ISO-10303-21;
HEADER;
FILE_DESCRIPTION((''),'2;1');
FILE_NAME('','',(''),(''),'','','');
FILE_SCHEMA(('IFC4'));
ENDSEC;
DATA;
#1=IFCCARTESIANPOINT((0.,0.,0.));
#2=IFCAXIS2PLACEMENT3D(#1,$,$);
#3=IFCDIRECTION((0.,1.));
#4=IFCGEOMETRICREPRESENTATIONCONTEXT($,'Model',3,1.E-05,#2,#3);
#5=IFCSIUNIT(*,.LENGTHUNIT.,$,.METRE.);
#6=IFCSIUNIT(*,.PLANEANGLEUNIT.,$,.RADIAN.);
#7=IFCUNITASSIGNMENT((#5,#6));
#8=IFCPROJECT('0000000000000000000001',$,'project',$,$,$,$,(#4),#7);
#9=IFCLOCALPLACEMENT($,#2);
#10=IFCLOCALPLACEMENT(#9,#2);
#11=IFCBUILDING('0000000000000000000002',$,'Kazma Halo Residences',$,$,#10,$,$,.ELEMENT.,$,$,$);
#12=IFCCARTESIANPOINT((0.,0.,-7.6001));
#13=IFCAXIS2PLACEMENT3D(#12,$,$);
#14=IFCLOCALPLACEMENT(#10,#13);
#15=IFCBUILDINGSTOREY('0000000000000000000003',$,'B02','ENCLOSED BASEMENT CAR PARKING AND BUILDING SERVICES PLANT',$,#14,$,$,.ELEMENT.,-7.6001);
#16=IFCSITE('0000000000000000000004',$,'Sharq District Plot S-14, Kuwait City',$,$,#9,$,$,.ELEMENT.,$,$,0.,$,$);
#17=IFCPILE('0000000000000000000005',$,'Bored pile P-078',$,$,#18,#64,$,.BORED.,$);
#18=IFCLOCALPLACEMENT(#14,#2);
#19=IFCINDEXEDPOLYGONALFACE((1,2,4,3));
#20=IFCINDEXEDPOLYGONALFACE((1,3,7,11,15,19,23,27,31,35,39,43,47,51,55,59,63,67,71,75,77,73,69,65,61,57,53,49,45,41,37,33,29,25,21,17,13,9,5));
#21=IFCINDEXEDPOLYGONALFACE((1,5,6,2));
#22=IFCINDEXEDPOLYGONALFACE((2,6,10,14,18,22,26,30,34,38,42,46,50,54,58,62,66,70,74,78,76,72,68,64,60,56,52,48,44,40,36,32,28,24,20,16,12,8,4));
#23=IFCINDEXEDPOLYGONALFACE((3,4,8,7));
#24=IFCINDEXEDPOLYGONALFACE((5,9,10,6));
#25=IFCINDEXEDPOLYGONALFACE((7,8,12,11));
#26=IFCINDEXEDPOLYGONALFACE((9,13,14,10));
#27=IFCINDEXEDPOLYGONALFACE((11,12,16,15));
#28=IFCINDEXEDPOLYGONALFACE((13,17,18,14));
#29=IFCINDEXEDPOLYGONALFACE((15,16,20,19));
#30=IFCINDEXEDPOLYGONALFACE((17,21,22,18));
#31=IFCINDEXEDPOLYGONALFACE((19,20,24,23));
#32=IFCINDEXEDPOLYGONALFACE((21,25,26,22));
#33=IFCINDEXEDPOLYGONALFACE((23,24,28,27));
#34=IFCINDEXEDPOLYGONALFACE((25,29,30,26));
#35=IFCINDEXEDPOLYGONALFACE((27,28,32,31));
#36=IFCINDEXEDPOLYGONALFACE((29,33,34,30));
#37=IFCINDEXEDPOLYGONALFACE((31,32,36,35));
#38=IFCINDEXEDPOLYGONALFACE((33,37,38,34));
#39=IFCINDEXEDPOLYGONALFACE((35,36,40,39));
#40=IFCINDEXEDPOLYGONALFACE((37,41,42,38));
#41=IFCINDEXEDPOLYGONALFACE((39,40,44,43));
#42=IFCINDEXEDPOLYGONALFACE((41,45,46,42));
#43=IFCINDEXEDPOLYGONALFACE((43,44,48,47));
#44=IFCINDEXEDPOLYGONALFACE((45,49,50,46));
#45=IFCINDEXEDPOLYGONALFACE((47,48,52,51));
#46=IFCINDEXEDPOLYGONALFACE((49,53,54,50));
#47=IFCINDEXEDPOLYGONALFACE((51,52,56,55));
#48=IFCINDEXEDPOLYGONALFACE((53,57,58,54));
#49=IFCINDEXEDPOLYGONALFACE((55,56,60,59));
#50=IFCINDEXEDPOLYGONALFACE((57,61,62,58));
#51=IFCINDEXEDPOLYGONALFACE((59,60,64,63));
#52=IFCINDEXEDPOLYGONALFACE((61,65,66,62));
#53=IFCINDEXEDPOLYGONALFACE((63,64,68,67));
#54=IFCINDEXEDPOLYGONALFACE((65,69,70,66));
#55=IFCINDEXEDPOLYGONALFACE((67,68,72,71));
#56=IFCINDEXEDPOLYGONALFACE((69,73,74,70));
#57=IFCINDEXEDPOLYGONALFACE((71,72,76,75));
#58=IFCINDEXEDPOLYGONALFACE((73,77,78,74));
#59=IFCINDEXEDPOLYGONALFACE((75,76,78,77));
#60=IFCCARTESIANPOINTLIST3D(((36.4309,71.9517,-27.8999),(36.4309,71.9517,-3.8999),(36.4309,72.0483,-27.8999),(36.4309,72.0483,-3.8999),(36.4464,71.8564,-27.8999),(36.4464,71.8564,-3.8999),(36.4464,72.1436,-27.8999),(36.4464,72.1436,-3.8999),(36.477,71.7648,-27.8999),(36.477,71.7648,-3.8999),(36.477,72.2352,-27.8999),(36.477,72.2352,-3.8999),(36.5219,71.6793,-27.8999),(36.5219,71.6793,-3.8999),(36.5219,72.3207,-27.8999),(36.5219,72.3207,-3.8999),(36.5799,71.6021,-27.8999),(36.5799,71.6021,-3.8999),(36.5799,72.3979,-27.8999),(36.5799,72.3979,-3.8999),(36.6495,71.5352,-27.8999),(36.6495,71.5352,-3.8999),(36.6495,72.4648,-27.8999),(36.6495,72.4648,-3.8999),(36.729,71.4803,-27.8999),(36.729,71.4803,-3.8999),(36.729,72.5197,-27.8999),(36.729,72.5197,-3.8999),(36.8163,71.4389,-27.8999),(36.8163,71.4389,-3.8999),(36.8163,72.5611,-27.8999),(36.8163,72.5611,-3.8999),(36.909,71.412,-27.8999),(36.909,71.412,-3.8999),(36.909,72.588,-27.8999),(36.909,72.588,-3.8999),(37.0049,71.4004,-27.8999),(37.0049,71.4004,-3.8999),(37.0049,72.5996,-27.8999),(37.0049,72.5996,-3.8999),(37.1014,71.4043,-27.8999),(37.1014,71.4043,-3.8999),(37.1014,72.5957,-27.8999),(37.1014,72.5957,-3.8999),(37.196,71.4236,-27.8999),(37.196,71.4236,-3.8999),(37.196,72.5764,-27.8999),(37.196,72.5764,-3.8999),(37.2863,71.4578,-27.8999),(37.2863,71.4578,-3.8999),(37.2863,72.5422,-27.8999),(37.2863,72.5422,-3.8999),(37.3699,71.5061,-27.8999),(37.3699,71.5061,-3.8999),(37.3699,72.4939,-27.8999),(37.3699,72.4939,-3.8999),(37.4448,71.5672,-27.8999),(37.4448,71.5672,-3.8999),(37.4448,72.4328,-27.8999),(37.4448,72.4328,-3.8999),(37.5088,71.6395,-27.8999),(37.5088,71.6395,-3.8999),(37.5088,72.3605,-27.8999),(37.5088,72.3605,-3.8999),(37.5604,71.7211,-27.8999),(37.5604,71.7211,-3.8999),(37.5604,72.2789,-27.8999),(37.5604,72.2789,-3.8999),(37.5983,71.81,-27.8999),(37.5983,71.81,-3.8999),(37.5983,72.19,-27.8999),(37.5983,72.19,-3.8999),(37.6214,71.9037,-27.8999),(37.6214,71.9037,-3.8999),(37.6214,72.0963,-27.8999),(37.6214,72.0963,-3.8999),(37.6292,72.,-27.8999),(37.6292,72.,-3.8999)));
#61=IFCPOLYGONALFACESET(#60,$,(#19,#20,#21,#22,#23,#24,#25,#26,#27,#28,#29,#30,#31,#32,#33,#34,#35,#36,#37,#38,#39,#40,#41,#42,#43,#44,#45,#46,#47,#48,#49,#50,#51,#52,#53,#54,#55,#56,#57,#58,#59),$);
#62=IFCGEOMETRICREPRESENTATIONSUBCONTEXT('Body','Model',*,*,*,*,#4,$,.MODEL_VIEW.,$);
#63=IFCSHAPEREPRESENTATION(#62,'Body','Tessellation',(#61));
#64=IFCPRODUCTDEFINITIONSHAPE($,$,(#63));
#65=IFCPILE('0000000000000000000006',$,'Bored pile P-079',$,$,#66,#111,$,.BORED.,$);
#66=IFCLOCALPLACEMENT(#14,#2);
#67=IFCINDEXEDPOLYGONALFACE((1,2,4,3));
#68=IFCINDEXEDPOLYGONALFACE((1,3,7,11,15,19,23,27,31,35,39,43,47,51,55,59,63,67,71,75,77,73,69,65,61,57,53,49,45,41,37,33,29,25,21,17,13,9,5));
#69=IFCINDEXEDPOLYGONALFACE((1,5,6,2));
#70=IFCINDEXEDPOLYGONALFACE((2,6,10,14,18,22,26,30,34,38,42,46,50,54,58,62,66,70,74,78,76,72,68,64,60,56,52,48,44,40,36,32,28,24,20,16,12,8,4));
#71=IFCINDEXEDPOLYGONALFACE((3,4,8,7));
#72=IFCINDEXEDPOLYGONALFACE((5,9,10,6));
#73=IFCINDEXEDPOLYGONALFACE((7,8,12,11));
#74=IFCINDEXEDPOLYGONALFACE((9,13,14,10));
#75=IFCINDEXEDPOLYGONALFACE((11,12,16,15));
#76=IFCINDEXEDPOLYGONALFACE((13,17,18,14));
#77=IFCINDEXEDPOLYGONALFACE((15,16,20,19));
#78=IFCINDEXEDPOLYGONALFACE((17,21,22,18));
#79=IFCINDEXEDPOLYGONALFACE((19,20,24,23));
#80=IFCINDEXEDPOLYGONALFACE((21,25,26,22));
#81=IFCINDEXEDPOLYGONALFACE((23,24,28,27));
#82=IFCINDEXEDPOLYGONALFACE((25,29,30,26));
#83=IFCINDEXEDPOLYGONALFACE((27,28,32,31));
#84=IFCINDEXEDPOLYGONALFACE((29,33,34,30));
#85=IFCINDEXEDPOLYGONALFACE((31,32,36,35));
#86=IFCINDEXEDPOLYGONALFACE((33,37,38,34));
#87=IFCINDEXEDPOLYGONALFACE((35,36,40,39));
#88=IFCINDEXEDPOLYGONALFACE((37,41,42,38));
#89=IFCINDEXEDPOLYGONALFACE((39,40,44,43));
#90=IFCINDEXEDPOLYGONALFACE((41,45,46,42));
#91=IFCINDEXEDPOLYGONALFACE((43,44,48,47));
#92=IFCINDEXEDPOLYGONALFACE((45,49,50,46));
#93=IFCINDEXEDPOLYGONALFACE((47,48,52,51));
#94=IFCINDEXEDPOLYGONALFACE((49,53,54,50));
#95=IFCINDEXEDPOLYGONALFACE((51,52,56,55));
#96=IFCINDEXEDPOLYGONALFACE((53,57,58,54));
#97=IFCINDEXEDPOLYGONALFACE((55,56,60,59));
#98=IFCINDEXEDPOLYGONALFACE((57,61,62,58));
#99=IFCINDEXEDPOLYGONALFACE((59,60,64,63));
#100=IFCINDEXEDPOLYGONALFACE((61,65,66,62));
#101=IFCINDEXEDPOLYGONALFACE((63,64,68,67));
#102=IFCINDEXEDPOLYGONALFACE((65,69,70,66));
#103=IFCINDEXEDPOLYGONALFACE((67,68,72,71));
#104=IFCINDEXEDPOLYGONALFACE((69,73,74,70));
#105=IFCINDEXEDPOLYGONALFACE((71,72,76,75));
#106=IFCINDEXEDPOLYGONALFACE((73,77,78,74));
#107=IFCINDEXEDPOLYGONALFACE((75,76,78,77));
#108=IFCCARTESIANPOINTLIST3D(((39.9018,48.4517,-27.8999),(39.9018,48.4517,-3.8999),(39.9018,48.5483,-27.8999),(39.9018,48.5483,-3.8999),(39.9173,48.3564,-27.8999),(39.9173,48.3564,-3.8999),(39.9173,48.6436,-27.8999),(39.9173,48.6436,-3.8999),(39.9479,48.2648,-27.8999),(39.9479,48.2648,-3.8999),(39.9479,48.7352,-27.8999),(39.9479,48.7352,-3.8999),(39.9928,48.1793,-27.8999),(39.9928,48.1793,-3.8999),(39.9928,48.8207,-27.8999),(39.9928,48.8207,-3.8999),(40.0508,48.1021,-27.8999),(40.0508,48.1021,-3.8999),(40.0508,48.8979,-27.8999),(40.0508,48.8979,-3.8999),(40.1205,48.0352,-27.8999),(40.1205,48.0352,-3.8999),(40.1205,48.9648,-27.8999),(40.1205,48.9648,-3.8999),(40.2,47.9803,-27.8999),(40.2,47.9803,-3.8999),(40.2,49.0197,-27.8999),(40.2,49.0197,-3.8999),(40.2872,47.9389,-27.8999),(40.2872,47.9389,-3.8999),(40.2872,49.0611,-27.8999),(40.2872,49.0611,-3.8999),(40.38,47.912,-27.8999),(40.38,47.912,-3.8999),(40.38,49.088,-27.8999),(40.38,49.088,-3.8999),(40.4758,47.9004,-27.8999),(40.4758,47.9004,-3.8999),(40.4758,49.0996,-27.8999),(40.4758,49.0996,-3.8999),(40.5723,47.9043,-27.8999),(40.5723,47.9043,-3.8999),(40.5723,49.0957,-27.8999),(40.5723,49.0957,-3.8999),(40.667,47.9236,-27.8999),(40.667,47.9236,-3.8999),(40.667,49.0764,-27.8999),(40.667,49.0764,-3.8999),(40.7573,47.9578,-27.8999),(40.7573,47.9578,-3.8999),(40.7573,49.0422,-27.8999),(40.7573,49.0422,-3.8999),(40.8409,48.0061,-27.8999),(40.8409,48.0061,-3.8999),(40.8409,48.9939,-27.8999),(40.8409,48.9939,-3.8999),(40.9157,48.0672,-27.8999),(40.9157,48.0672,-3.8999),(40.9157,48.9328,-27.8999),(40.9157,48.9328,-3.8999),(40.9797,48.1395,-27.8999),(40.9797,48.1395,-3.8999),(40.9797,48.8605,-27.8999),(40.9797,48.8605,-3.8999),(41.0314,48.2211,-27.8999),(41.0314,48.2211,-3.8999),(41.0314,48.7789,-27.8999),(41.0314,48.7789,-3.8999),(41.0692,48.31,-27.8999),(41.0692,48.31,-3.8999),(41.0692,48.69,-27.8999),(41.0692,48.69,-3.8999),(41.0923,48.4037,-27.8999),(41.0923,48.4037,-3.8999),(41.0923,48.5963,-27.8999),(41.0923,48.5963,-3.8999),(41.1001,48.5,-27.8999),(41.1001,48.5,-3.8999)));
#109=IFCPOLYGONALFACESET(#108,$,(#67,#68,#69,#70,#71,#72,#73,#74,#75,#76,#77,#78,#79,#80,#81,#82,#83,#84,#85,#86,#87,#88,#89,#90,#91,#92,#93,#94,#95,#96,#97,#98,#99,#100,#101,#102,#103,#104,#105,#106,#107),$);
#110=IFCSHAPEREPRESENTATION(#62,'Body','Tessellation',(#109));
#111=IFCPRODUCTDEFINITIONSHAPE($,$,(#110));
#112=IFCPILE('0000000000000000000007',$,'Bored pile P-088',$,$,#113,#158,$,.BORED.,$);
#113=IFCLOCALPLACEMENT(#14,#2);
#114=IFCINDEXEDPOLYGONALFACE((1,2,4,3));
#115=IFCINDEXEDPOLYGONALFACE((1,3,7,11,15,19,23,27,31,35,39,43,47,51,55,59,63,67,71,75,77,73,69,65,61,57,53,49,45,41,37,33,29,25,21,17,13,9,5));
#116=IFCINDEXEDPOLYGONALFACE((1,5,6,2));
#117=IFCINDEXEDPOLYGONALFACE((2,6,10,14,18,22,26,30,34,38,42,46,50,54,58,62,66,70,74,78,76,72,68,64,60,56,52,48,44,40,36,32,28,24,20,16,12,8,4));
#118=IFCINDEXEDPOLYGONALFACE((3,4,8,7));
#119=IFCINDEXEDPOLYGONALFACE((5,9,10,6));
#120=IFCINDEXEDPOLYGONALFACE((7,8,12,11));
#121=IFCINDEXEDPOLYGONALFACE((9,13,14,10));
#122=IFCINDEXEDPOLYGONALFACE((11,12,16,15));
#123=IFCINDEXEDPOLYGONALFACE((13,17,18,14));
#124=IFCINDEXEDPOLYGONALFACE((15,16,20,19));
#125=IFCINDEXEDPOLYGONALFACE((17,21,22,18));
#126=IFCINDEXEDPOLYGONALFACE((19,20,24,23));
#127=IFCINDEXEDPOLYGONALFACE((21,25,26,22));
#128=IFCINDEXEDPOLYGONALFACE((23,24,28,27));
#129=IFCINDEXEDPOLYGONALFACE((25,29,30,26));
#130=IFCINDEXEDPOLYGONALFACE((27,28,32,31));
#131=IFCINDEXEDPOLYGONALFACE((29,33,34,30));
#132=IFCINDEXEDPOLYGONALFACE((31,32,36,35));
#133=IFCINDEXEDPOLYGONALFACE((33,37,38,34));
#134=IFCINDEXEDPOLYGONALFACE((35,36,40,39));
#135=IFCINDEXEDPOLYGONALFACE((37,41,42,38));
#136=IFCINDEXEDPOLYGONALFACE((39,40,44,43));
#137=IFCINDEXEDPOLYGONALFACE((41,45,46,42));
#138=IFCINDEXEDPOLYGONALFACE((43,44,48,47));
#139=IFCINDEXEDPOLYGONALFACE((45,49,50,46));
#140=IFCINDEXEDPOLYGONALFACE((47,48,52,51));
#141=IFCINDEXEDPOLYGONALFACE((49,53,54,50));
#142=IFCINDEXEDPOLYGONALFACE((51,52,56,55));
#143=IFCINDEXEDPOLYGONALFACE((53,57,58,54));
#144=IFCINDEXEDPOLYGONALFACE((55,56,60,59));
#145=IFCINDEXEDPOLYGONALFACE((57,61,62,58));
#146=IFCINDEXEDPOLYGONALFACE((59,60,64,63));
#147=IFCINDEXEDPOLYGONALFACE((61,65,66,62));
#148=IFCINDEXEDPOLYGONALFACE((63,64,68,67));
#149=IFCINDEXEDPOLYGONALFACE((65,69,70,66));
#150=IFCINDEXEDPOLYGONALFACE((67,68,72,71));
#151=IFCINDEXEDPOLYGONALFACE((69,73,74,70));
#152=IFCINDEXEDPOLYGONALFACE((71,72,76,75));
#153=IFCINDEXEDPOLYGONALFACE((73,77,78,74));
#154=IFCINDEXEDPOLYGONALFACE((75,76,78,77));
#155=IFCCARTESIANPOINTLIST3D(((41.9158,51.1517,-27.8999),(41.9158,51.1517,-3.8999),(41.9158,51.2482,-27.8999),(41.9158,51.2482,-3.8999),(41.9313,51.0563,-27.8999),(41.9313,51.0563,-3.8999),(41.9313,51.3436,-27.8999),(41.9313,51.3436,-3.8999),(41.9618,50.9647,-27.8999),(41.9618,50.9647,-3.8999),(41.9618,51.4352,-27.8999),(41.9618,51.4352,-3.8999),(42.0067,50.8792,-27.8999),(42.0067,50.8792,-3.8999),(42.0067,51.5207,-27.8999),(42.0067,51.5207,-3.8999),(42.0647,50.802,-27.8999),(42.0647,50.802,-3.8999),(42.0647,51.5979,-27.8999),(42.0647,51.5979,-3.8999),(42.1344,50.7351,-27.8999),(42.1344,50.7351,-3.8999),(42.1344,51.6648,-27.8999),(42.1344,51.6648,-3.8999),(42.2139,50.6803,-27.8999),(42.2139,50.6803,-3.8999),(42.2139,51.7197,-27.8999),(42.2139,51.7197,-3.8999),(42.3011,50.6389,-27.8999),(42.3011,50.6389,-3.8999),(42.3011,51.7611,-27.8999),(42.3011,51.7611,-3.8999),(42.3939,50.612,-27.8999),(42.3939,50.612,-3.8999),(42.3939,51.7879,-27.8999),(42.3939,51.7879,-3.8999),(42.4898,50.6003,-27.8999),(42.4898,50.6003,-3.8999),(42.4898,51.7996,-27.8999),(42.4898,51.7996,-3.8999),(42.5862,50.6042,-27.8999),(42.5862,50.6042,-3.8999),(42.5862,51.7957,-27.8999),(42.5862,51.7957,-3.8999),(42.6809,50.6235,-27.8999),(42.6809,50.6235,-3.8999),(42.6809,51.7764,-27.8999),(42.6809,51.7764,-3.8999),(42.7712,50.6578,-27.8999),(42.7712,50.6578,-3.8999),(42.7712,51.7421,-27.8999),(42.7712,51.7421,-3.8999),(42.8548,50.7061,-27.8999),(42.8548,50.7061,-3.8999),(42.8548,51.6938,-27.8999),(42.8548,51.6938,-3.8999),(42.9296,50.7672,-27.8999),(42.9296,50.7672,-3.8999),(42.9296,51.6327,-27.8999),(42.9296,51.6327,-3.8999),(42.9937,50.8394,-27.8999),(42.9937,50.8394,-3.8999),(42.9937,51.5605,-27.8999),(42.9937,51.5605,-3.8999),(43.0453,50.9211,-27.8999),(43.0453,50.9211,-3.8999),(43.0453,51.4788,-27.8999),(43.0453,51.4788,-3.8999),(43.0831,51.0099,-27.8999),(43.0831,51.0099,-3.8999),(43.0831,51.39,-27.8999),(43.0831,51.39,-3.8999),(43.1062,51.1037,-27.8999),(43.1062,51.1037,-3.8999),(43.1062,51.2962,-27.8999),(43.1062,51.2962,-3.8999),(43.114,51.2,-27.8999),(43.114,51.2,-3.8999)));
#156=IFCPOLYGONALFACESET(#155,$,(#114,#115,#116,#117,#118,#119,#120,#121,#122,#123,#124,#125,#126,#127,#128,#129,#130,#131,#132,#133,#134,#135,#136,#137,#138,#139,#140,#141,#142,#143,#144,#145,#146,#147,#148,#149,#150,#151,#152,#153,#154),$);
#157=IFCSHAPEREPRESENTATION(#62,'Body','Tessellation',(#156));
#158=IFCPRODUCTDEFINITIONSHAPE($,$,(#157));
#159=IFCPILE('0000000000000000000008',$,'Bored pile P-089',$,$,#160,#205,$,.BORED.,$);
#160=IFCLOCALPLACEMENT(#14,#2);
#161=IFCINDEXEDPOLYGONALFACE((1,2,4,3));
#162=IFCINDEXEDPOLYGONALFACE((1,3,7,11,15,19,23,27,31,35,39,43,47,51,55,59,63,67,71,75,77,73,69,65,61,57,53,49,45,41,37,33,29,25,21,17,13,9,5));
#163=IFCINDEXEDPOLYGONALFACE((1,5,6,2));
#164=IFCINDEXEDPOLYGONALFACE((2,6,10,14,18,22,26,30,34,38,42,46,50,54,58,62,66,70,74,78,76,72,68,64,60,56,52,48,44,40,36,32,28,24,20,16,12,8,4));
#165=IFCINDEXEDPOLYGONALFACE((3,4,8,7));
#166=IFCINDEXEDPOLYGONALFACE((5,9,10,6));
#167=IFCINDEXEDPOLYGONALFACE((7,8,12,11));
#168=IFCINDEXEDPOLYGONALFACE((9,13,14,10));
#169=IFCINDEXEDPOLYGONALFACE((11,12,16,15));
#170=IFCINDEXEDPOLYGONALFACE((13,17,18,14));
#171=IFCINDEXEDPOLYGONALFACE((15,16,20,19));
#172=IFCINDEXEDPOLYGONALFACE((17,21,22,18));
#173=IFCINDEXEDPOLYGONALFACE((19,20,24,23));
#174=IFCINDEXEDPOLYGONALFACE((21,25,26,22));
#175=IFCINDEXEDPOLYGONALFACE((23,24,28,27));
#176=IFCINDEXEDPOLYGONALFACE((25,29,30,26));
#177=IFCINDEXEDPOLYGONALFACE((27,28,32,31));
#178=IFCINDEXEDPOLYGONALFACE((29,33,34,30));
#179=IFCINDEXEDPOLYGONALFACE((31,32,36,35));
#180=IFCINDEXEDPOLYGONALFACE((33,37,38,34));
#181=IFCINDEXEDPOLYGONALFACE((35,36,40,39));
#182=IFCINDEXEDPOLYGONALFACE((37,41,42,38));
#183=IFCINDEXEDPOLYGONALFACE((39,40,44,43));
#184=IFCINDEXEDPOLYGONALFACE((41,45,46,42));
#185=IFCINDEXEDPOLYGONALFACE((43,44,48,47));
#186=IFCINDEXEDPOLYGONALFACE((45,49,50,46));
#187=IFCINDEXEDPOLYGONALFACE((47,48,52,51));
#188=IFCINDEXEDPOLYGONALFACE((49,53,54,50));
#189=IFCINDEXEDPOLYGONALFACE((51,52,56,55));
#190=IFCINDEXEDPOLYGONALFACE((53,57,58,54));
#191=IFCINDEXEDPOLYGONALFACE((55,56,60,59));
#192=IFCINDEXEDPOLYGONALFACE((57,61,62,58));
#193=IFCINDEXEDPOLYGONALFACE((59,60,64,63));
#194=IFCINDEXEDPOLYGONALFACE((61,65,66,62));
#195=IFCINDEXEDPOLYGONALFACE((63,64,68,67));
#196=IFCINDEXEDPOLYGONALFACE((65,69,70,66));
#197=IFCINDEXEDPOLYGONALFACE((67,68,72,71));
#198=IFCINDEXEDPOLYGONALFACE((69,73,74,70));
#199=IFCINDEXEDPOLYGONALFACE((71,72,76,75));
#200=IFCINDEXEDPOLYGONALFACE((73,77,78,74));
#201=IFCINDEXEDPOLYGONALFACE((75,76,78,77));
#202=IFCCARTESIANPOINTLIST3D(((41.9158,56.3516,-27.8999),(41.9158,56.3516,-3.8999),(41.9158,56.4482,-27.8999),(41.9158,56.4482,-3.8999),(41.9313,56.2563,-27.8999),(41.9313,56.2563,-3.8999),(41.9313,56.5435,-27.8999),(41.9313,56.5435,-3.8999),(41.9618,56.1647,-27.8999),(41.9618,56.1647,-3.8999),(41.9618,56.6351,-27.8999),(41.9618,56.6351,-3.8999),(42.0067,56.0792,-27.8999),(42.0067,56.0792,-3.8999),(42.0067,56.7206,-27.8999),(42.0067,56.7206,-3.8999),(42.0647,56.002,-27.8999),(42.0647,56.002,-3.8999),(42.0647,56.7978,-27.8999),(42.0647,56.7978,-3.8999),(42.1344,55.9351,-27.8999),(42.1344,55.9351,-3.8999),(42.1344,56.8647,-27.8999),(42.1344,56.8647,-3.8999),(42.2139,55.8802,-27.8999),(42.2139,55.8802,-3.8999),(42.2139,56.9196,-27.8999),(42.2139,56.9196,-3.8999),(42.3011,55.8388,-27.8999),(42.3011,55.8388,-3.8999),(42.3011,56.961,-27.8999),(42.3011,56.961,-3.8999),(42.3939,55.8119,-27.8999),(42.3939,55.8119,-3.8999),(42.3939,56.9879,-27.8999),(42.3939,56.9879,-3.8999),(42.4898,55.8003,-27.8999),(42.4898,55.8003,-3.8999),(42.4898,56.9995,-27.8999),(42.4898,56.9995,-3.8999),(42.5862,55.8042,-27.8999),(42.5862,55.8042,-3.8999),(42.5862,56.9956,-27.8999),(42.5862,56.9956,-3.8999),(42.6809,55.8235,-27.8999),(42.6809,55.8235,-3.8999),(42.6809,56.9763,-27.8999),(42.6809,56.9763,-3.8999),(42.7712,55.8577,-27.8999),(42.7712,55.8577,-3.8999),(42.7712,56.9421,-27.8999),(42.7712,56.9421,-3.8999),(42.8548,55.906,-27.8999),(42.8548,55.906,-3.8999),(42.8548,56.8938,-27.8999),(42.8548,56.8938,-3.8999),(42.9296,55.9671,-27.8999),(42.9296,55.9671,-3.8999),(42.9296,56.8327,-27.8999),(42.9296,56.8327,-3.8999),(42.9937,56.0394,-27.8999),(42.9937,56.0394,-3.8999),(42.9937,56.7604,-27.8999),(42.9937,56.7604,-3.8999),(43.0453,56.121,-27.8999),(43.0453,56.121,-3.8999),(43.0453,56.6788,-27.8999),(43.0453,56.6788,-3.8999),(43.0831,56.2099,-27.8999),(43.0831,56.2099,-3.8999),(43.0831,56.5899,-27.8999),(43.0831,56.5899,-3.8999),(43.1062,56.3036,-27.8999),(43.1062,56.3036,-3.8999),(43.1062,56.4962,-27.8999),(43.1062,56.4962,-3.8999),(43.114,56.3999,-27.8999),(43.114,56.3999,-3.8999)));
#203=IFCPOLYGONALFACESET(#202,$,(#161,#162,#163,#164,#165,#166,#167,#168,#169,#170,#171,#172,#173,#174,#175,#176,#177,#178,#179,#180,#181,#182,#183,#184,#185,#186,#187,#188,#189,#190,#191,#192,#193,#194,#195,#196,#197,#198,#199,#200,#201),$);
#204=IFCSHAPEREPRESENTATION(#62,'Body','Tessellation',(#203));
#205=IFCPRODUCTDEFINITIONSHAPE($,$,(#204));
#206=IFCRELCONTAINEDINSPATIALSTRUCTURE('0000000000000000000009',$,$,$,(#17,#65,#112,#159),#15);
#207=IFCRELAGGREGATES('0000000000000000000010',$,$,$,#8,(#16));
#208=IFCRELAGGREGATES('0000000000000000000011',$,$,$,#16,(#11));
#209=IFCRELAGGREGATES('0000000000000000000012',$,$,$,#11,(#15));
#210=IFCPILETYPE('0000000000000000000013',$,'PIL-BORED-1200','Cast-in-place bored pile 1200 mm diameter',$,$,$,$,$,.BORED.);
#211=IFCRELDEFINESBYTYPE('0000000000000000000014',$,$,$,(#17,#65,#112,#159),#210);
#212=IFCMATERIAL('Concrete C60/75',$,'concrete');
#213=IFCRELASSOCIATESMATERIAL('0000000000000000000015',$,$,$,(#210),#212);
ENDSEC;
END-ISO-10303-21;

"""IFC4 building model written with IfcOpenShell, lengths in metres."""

from ifc_helpers import new_model, si_unit, direction, frame, origin, origin_2d, place, context, subcontext, project, spatial, circle, extrude, material, material_profile, profile_set, type_object, element, save


model = new_model("IFC4")

# Units and contexts
model_context = context("Model", 3, precision=1e-05, world=origin(), true_north=direction((0.0, 1.0)))
body_context = subcontext(model_context, "Body", "Model", "MODEL_VIEW")
ifc_project = project(units=[si_unit("LENGTHUNIT", "METRE"), si_unit("PLANEANGLEUNIT", "RADIAN")], contexts=[model_context])

# Site, building, storey
site_placement = place(None, origin())
site = spatial("IfcSite", under=ifc_project, at=site_placement, Name="Sharq District Plot S-14, Kuwait City", CompositionType="ELEMENT", RefElevation=0.0)
building_placement = place(site_placement, origin())
building = spatial("IfcBuilding", under=site, at=building_placement, Name="Kazma Halo Residences", CompositionType="ELEMENT")
storey_placement = place(building_placement, frame((0.0, 0.0, -7.6001)))
storey = spatial("IfcBuildingStorey", under=building, at=storey_placement, Name="B02", Description="ENCLOSED BASEMENT CAR PARKING AND BUILDING SERVICES PLANT", CompositionType="ELEMENT", Elevation=-7.6001)

# Piles
ifc_material_1 = material(Name="Concrete C60/75", Category="concrete")
ifc_material_profile_1 = material_profile(ifc_material_1, circle(Radius=0.6001, at=origin_2d()), Name="CIRC1200")
ifc_profile_set_1 = profile_set([ifc_material_profile_1], Name="Concrete C60/75")
pile_type = type_object("IfcPileType", Name="PIL-BORED-1200", Description="Cast-in-place bored pile 1200 mm diameter", PredefinedType="BORED", material=ifc_profile_set_1)
for number, where, z_axis, x_axis, name in (
    (1, (37.0291, 72.0, -3.8999), (0.0, 0.0, -1.0), (1.0, 0.0, 0.0), "Bored pile P-078"),
    (2, (40.5, 48.5, -3.8999), (0.0, 0.0, -1.0), (1.0, 0.0, 0.0), "Bored pile P-079"),
    (3, (42.5139, 51.2, -3.8999), (0.0, 0.0, -1.0), (1.0, 0.0, 0.0), "Bored pile P-088"),
    (4, (42.5139, 56.3999, -3.8999), (0.0, 0.0, -1.0), (1.0, 0.0, 0.0), "Bored pile P-089"),
):
    element("IfcPile", number, at=place(storey_placement, frame(where, z_axis=z_axis, x_axis=x_axis)), inside=storey, type_object=pile_type, Name=name, PredefinedType="BORED", context=body_context, shape_type="SweptSolid", body=[
        extrude(circle(Radius=0.6001, at=origin_2d()), origin(), (0.0, 0.0, 1.0), 24.0),
    ])

save(model, "model.ifc")
